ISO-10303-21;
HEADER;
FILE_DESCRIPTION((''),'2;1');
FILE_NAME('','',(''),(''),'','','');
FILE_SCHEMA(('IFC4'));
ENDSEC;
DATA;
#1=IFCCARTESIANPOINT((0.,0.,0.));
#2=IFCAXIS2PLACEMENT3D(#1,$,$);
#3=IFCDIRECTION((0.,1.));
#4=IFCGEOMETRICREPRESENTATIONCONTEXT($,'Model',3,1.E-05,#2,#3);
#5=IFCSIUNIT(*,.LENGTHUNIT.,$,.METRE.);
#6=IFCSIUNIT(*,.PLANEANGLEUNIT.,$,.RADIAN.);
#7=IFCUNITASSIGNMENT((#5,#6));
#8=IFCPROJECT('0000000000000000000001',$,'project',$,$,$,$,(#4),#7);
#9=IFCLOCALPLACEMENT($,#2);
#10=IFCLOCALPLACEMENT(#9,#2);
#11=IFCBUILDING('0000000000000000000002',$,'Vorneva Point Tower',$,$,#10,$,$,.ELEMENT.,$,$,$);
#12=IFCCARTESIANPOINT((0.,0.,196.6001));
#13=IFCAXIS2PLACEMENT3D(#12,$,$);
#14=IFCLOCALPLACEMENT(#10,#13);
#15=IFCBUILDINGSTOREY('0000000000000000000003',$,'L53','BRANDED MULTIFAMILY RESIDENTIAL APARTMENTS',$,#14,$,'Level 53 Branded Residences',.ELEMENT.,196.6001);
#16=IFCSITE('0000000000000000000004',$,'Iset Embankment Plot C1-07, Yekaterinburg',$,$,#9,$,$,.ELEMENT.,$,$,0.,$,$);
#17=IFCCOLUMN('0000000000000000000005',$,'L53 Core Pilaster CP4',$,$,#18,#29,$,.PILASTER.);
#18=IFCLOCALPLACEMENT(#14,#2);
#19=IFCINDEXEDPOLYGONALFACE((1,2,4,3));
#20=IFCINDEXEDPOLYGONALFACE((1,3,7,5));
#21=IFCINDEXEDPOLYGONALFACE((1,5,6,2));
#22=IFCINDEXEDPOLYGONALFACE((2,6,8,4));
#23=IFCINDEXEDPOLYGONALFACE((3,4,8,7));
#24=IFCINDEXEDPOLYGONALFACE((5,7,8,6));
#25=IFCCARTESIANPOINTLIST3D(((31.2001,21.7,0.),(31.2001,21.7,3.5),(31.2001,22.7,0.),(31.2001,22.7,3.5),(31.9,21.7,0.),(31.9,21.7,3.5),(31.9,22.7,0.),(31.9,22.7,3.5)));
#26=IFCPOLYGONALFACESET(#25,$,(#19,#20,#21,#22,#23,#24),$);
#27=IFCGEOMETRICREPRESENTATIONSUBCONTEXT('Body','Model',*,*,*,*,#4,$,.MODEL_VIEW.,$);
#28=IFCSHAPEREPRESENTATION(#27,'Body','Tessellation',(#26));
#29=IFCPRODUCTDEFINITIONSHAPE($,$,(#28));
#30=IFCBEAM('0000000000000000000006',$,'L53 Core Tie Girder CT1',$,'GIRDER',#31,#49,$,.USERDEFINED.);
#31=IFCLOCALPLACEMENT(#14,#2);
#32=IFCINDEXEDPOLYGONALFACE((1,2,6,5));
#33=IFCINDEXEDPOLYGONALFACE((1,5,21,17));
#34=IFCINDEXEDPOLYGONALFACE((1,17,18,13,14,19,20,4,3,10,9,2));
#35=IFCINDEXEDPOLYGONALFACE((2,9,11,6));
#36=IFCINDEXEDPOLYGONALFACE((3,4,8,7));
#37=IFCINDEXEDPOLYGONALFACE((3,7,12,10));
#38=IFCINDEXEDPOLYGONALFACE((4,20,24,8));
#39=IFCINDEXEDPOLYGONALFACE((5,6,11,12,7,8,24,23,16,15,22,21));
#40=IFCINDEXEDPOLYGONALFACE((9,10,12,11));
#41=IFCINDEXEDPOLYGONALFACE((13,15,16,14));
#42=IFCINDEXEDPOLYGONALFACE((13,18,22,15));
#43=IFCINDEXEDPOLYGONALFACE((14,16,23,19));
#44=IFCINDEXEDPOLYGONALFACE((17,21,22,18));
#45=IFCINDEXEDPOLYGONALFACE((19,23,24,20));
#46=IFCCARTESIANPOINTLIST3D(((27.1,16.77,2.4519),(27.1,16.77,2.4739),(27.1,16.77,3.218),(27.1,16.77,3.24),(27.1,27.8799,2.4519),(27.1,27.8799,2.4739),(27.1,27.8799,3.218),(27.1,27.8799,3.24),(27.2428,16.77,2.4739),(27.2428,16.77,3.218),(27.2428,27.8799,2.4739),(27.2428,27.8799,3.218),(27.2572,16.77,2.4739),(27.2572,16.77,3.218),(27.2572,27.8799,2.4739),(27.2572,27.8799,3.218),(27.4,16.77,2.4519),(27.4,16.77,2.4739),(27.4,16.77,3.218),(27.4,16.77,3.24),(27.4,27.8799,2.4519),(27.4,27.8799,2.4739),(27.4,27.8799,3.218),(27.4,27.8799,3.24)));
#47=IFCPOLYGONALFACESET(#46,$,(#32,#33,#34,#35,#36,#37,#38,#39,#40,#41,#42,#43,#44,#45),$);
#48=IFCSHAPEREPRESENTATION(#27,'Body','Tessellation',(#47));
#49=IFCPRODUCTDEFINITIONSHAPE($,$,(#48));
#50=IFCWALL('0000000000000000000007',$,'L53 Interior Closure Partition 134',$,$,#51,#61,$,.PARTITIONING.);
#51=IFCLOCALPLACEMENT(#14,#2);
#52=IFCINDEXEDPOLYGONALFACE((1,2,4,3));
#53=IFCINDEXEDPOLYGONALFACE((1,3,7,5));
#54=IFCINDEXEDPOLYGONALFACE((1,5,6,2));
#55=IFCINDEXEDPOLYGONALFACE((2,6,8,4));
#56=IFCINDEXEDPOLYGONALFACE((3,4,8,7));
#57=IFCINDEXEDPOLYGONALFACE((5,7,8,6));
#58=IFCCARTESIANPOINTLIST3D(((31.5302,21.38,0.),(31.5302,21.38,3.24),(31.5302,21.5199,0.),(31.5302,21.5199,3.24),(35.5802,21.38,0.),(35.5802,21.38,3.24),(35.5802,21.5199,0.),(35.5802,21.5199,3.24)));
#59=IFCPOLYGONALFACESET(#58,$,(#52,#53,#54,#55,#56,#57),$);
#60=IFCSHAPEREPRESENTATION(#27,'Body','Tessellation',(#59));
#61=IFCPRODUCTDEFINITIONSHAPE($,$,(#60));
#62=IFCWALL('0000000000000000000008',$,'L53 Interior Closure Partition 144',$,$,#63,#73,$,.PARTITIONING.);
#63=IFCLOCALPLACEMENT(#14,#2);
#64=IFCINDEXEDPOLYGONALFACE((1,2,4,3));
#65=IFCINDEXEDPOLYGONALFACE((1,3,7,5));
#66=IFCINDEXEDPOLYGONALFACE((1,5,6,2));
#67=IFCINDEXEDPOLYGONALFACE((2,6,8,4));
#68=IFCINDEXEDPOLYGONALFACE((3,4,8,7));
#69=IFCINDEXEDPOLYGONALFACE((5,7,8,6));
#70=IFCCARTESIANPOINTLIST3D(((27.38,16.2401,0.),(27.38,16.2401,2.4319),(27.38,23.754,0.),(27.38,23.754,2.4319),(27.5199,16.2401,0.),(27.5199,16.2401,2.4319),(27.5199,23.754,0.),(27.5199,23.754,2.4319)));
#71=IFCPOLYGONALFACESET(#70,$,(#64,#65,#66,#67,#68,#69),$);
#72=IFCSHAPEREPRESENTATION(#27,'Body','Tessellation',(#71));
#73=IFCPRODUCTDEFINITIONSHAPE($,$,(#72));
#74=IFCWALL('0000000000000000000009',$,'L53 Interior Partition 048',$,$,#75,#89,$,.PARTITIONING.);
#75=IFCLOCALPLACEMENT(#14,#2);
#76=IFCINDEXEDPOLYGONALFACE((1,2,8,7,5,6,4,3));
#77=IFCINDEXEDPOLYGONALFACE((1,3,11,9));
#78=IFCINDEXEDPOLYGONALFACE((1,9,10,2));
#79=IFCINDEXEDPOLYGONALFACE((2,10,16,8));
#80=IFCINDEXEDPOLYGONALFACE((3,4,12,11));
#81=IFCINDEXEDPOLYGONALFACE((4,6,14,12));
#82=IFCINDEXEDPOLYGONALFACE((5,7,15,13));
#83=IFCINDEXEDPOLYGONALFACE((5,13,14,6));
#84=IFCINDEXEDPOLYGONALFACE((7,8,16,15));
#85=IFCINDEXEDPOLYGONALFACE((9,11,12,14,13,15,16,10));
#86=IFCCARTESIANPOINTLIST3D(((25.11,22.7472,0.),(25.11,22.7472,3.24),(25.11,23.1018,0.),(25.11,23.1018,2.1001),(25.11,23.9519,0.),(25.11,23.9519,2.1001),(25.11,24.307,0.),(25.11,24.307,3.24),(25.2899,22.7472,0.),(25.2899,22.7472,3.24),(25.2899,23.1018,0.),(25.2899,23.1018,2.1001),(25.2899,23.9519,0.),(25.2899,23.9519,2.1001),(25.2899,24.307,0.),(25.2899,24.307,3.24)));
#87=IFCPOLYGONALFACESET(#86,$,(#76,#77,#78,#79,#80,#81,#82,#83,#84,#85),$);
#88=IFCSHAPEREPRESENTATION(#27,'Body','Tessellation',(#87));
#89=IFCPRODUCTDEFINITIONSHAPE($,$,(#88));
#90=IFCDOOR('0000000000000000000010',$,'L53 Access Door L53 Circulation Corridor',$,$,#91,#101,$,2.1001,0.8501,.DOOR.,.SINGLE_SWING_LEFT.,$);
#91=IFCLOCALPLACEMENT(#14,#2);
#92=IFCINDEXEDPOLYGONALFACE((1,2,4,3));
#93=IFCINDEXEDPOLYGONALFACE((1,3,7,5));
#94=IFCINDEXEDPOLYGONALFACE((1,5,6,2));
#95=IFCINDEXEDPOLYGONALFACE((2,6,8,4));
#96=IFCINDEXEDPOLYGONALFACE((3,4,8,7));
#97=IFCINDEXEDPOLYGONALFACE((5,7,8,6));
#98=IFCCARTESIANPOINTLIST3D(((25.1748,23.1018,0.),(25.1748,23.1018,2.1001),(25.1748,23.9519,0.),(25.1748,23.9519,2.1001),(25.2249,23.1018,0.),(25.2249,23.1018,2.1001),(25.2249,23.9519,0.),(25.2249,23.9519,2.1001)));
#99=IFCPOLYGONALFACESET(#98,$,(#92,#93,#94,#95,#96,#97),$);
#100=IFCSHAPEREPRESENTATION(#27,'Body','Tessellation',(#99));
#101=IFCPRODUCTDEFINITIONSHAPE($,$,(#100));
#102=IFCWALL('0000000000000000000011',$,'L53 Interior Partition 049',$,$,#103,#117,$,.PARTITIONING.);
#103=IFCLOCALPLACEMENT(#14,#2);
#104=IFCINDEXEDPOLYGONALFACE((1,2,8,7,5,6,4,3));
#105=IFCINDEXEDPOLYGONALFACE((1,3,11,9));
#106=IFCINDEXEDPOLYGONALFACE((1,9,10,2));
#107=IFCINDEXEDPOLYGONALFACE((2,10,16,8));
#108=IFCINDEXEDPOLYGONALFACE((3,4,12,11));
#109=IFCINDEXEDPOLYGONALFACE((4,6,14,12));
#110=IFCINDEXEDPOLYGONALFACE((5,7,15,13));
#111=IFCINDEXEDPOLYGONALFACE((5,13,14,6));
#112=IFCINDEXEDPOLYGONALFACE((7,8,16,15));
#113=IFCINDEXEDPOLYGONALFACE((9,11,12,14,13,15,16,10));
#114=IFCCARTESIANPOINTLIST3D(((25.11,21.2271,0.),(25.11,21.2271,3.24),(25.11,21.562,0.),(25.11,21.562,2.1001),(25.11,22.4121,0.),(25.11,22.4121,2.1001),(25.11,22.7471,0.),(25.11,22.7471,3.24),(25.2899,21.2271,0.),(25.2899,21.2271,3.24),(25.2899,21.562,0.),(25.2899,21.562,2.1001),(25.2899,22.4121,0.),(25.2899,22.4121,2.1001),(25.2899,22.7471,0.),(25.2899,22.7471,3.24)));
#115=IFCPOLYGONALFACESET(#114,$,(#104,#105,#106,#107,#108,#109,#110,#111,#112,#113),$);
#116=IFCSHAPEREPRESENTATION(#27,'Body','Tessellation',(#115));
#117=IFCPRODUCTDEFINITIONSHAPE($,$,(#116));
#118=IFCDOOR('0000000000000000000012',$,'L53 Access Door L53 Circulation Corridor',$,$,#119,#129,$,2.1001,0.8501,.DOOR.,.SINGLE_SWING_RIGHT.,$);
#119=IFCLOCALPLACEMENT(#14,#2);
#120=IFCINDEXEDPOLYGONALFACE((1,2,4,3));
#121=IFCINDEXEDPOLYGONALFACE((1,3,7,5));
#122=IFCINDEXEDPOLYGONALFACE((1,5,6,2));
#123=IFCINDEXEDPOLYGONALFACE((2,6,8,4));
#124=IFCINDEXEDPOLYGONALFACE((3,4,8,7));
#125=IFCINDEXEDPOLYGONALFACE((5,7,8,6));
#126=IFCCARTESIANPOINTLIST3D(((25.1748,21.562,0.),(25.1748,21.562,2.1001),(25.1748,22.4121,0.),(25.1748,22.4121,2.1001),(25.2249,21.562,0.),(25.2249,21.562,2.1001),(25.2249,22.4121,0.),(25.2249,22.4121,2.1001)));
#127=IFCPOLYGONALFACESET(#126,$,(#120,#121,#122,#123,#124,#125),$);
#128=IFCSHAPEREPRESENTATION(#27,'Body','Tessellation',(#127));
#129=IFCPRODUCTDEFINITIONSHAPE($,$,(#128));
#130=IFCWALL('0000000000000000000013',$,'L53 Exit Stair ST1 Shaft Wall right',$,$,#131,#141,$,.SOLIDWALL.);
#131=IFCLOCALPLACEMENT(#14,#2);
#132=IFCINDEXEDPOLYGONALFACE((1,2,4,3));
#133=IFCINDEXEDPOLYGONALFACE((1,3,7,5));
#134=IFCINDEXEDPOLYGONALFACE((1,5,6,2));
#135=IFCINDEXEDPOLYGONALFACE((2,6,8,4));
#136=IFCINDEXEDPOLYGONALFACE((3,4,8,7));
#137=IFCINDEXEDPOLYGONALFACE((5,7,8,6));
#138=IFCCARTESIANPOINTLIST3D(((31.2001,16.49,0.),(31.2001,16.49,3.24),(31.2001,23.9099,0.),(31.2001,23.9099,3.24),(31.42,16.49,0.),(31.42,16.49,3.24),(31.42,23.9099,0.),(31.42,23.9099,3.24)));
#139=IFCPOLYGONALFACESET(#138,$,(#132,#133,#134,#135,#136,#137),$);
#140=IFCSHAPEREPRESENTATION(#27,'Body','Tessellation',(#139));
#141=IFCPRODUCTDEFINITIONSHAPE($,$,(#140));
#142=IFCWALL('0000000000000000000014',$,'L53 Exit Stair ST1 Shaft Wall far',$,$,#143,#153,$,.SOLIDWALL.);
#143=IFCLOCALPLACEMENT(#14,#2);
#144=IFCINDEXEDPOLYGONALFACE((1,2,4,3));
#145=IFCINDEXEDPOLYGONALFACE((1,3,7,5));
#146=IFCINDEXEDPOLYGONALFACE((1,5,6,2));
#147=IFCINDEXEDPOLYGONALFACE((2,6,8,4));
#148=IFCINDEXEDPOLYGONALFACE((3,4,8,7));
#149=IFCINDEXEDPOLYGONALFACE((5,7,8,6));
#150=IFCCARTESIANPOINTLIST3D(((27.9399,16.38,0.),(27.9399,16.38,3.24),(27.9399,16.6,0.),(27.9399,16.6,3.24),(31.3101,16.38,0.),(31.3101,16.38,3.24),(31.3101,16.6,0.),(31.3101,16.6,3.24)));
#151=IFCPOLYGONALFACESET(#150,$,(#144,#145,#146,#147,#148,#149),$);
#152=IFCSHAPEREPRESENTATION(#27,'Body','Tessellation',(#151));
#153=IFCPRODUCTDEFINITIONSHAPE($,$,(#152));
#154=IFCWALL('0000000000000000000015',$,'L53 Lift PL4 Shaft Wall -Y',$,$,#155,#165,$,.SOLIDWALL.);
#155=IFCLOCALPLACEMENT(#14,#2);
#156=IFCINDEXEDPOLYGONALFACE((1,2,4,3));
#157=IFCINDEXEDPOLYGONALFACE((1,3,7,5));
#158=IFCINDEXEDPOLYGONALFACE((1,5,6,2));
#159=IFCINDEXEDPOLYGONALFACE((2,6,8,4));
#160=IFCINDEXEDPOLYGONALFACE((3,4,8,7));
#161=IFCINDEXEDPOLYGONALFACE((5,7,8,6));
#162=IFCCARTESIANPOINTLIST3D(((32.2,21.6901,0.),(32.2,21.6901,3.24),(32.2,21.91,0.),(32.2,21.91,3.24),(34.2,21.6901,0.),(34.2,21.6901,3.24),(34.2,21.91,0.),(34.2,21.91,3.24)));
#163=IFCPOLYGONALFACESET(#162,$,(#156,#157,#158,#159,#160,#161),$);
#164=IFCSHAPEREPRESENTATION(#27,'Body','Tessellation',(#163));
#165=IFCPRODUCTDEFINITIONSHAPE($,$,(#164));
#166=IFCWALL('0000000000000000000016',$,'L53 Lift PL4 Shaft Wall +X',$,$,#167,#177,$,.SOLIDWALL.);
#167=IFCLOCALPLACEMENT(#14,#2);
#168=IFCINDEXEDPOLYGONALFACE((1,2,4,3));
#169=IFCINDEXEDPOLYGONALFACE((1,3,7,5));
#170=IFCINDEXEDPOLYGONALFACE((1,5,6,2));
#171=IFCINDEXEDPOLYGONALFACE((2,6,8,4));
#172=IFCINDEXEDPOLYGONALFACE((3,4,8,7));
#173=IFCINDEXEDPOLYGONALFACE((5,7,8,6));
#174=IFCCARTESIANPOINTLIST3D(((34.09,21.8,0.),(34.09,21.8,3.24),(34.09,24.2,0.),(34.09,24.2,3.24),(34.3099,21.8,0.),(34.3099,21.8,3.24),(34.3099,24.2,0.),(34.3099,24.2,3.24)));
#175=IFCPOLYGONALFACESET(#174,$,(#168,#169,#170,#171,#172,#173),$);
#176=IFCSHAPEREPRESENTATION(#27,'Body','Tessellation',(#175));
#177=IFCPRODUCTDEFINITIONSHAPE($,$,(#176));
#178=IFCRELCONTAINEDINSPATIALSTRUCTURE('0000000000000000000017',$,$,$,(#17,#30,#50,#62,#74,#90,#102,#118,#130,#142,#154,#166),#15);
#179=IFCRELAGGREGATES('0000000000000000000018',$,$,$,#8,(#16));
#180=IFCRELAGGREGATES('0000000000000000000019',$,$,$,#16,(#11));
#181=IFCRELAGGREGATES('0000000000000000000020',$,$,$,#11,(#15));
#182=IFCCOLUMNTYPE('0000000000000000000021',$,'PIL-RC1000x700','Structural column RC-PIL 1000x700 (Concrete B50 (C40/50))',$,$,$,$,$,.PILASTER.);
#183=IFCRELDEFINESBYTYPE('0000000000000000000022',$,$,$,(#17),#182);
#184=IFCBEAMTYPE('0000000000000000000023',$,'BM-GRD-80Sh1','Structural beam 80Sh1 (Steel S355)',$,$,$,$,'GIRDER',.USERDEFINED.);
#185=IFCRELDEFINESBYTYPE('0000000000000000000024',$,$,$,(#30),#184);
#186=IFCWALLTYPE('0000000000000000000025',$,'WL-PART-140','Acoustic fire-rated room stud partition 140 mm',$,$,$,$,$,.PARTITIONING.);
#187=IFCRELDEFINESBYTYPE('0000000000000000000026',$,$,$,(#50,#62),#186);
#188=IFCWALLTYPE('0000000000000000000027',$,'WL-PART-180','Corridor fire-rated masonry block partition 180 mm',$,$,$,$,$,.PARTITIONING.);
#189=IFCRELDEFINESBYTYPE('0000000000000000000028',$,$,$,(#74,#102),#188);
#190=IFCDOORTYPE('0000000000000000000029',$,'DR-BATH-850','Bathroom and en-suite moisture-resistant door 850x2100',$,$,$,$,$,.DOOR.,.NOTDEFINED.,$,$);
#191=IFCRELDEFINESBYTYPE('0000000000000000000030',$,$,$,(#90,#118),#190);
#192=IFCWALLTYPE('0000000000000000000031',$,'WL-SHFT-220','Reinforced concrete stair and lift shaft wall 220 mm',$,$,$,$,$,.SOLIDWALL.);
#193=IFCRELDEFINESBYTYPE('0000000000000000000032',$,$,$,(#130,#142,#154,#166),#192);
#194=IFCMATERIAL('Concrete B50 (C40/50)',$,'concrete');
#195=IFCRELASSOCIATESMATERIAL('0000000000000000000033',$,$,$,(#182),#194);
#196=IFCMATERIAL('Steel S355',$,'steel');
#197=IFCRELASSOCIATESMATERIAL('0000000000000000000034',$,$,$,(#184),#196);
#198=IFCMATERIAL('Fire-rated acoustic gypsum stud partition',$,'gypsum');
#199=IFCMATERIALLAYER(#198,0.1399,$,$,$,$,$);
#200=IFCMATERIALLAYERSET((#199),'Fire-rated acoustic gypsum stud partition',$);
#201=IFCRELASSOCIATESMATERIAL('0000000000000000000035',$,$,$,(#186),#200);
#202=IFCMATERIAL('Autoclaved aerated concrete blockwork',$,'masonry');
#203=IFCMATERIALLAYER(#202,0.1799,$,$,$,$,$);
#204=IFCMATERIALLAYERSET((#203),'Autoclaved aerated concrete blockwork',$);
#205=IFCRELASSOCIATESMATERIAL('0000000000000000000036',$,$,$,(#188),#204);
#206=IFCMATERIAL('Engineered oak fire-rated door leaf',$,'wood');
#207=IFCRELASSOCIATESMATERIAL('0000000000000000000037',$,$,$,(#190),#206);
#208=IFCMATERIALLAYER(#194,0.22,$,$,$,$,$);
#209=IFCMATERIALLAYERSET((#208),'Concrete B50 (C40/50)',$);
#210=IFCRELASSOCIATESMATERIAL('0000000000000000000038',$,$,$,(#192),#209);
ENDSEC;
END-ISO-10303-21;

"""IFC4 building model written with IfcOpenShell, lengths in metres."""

from ifc_helpers import new_model, si_unit, direction, frame, frame_2d, origin, origin_2d, place, context, subcontext, project, spatial, rectangle, i_section, extrude, material, layer, layer_set, material_profile, profile_set, type_object, element, fill, save


model = new_model("IFC4")

# Units and contexts
model_context = context("Model", 3, precision=1e-05, world=origin(), true_north=direction((0.0, 1.0)))
body_context = subcontext(model_context, "Body", "Model", "MODEL_VIEW")
ifc_project = project(units=[si_unit("LENGTHUNIT", "METRE"), si_unit("PLANEANGLEUNIT", "RADIAN")], contexts=[model_context])

# Site, building, storey
site_placement = place(None, origin())
site = spatial("IfcSite", under=ifc_project, at=site_placement, Name="Iset Embankment Plot C1-07, Yekaterinburg", CompositionType="ELEMENT", RefElevation=0.0)
building_placement = place(site_placement, origin())
building = spatial("IfcBuilding", under=site, at=building_placement, Name="Vorneva Point Tower", CompositionType="ELEMENT")
storey_placement = place(building_placement, frame((0.0, 0.0, 196.6001)))
storey = spatial("IfcBuildingStorey", under=building, at=storey_placement, Name="L53", Description="BRANDED MULTIFAMILY RESIDENTIAL APARTMENTS", LongName="Level 53 Branded Residences", CompositionType="ELEMENT", Elevation=196.6001)

# Column
ifc_material_1 = material(Name="Concrete B50 (C40/50)", Category="concrete")
ifc_material_profile_1 = material_profile(ifc_material_1, rectangle(XDim=0.7, YDim=1.0, at=origin_2d()), Name="RC-PIL 1000x700")
ifc_profile_set_1 = profile_set([ifc_material_profile_1], Name="Concrete B50 (C40/50)")
column_type = type_object("IfcColumnType", Name="PIL-RC1000x700", Description="Structural column RC-PIL 1000x700 (Concrete B50 (C40/50))", PredefinedType="PILASTER", material=ifc_profile_set_1)
column_placement = place(storey_placement, frame((31.55, 22.2, 0.0), z_axis=(0.0, 0.0, 1.0), x_axis=(1.0, 0.0, 0.0)))
element("IfcColumn", 1, at=column_placement, inside=storey, type_object=column_type, Name="L53 Core Pilaster CP4", PredefinedType="PILASTER", context=body_context, shape_type="SweptSolid", body=[
    extrude(rectangle(XDim=0.7, YDim=1.0, at=origin_2d()), origin(), (0.0, 0.0, 1.0), 3.5),
])

# Beam
ifc_material_2 = material(Name="Steel S355", Category="steel")
ifc_material_profile_2 = material_profile(ifc_material_2, i_section(OverallWidth=0.3, OverallDepth=0.7881, WebThickness=0.0144, FlangeThickness=0.022, at=origin_2d()), Name="80Sh1")
ifc_profile_set_2 = profile_set([ifc_material_profile_2], Name="Steel S355")
beam_type = type_object("IfcBeamType", Name="BM-GRD-80Sh1", Description="Structural beam 80Sh1 (Steel S355)", ElementType="GIRDER", PredefinedType="USERDEFINED", material=ifc_profile_set_2)
beam_placement = place(storey_placement, frame((27.25, 16.77, 2.8459), z_axis=(0.0, 1.0, 0.0), x_axis=(-1.0, 0.0, 0.0)))
element("IfcBeam", 2, at=beam_placement, inside=storey, type_object=beam_type, Name="L53 Core Tie Girder CT1", ObjectType="GIRDER", PredefinedType="USERDEFINED", context=body_context, shape_type="SweptSolid", body=[
    extrude(i_section(OverallWidth=0.3, OverallDepth=0.7881, WebThickness=0.0144, FlangeThickness=0.022, at=origin_2d()), origin(), (0.0, 0.0, 1.0), 11.1099),
])

# Walls
ifc_material_3 = material(Name="Fire-rated acoustic gypsum stud partition", Category="gypsum")
ifc_layer_1 = layer(ifc_material_3, 0.1399)
ifc_layer_set_1 = layer_set([ifc_layer_1], Name="Fire-rated acoustic gypsum stud partition")
wall_type_1 = type_object("IfcWallType", Name="WL-PART-140", Description="Acoustic fire-rated room stud partition 140 mm", PredefinedType="PARTITIONING", material=ifc_layer_set_1)
wall_1_placement = place(storey_placement, frame((35.5801, 21.45, 0.0), z_axis=(0.0, 0.0, 1.0), x_axis=(-1.0, 0.0, 0.0)))
element("IfcWall", 3, at=wall_1_placement, inside=storey, type_object=wall_type_1, Name="L53 Interior Closure Partition 134", PredefinedType="PARTITIONING", context=body_context, shape_type="SweptSolid", body=[
    extrude(rectangle(XDim=4.05, YDim=0.1399, at=frame_2d((2.0249, 0.0))), origin(), (0.0, 0.0, 1.0), 3.24),
])
wall_2_placement = place(storey_placement, frame((27.45, 23.7539, 0.0), z_axis=(0.0, 0.0, 1.0), x_axis=(0.0, -1.0, 0.0)))
element("IfcWall", 4, at=wall_2_placement, inside=storey, type_object=wall_type_1, Name="L53 Interior Closure Partition 144", PredefinedType="PARTITIONING", context=body_context, shape_type="SweptSolid", body=[
    extrude(rectangle(XDim=7.5139, YDim=0.1399, at=frame_2d((3.7568, 0.0))), origin(), (0.0, 0.0, 1.0), 2.4319),
])

# Walls, openings, doors
ifc_material_4 = material(Name="Autoclaved aerated concrete blockwork", Category="masonry")
ifc_layer_2 = layer(ifc_material_4, 0.1799)
ifc_layer_set_2 = layer_set([ifc_layer_2], Name="Autoclaved aerated concrete blockwork")
wall_type_2 = type_object("IfcWallType", Name="WL-PART-180", Description="Corridor fire-rated masonry block partition 180 mm", PredefinedType="PARTITIONING", material=ifc_layer_set_2)
wall_3_placement = place(storey_placement, frame((25.2, 24.3069, 0.0), z_axis=(0.0, 0.0, 1.0), x_axis=(0.0, -1.0, 0.0)))
wall_3 = element("IfcWall", 5, at=wall_3_placement, inside=storey, type_object=wall_type_2, Name="L53 Interior Partition 048", PredefinedType="PARTITIONING", context=body_context, shape_type="SweptSolid", body=[
    extrude(rectangle(XDim=1.5598, YDim=0.1799, at=frame_2d((0.7798, 0.0))), origin(), (0.0, 0.0, 1.0), 3.24),
])
opening_1_placement = place(wall_3_placement, frame((0.355, 0.0, 0.0)))
opening_1 = element("IfcOpeningElement", 6, at=opening_1_placement, cuts=wall_3, PredefinedType="OPENING", context=body_context, shape_type="SweptSolid", body=[
    extrude(rectangle(XDim=0.8501, YDim=2.1001, at=frame_2d((0.425, 1.05))), frame((0.0, 0.105, 0.0), z_axis=(0.0, -1.0, 0.0), x_axis=(1.0, 0.0, 0.0)), (0.0, 0.0, 1.0), 0.2097),
])
ifc_material_5 = material(Name="Engineered oak fire-rated door leaf", Category="wood")
door_type_1 = type_object("IfcDoorType", Name="DR-BATH-850", Description="Bathroom and en-suite moisture-resistant door 850x2100", OperationType="NOTDEFINED", PredefinedType="DOOR", material=ifc_material_5)
door_1_placement = place(opening_1_placement, origin())
door_1 = element("IfcDoor", 7, at=door_1_placement, inside=storey, type_object=door_type_1, Name="L53 Access Door L53 Circulation Corridor", OperationType="SINGLE_SWING_LEFT", OverallHeight=2.1001, OverallWidth=0.8501, PredefinedType="DOOR", context=body_context, shape_type="SweptSolid", body=[
    extrude(rectangle(XDim=0.8501, YDim=2.1001, at=frame_2d((0.425, 1.05))), frame((0.0, 0.0249, 0.0), z_axis=(0.0, -1.0, 0.0), x_axis=(1.0, 0.0, 0.0)), (0.0, 0.0, 1.0), 0.05),
])
fill(opening_1, door_1)
wall_4_placement = place(storey_placement, frame((25.2, 22.7471, 0.0), z_axis=(0.0, 0.0, 1.0), x_axis=(0.0, -1.0, 0.0)))
wall_4 = element("IfcWall", 8, at=wall_4_placement, inside=storey, type_object=wall_type_2, Name="L53 Interior Partition 049", PredefinedType="PARTITIONING", context=body_context, shape_type="SweptSolid", body=[
    extrude(rectangle(XDim=1.52, YDim=0.1799, at=frame_2d((0.76, 0.0))), origin(), (0.0, 0.0, 1.0), 3.24),
])
opening_2_placement = place(wall_4_placement, frame((0.335, 0.0, 0.0)))
opening_2 = element("IfcOpeningElement", 9, at=opening_2_placement, cuts=wall_4, PredefinedType="OPENING", context=body_context, shape_type="SweptSolid", body=[
    extrude(rectangle(XDim=0.8501, YDim=2.1001, at=frame_2d((0.425, 1.05))), frame((0.0, 0.105, 0.0), z_axis=(0.0, -1.0, 0.0), x_axis=(1.0, 0.0, 0.0)), (0.0, 0.0, 1.0), 0.2097),
])
door_2_placement = place(opening_2_placement, origin())
door_2 = element("IfcDoor", 10, at=door_2_placement, inside=storey, type_object=door_type_1, Name="L53 Access Door L53 Circulation Corridor", OperationType="SINGLE_SWING_RIGHT", OverallHeight=2.1001, OverallWidth=0.8501, PredefinedType="DOOR", context=body_context, shape_type="SweptSolid", body=[
    extrude(rectangle(XDim=0.8501, YDim=2.1001, at=frame_2d((0.425, 1.05))), frame((0.0, 0.0249, 0.0), z_axis=(0.0, -1.0, 0.0), x_axis=(1.0, 0.0, 0.0)), (0.0, 0.0, 1.0), 0.05),
])
fill(opening_2, door_2)
ifc_layer_3 = layer(ifc_material_1, 0.22)
ifc_layer_set_3 = layer_set([ifc_layer_3], Name="Concrete B50 (C40/50)")
wall_type_3 = type_object("IfcWallType", Name="WL-SHFT-220", Description="Reinforced concrete stair and lift shaft wall 220 mm", PredefinedType="SOLIDWALL", material=ifc_layer_set_3)

# Walls
wall_5_placement = place(storey_placement, frame((31.3101, 23.9099, 0.0), z_axis=(0.0, 0.0, 1.0), x_axis=(0.0, -1.0, 0.0)))
element("IfcWall", 11, at=wall_5_placement, inside=storey, type_object=wall_type_3, Name="L53 Exit Stair ST1 Shaft Wall right", PredefinedType="SOLIDWALL", context=body_context, shape_type="SweptSolid", body=[
    extrude(rectangle(XDim=7.4199, YDim=0.22, at=frame_2d((3.71, 0.0))), origin(), (0.0, 0.0, 1.0), 3.24),
])
wall_6_placement = place(storey_placement, frame((31.3101, 16.49, 0.0), z_axis=(0.0, 0.0, 1.0), x_axis=(-1.0, 0.0, 0.0)))
element("IfcWall", 12, at=wall_6_placement, inside=storey, type_object=wall_type_3, Name="L53 Exit Stair ST1 Shaft Wall far", PredefinedType="SOLIDWALL", context=body_context, shape_type="SweptSolid", body=[
    extrude(rectangle(XDim=3.3701, YDim=0.22, at=frame_2d((1.6851, 0.0))), origin(), (0.0, 0.0, 1.0), 3.24),
])
wall_7_placement = place(storey_placement, frame((32.2, 21.8, 0.0), z_axis=(0.0, 0.0, 1.0), x_axis=(1.0, 0.0, 0.0)))
element("IfcWall", 13, at=wall_7_placement, inside=storey, type_object=wall_type_3, Name="L53 Lift PL4 Shaft Wall -Y", PredefinedType="SOLIDWALL", context=body_context, shape_type="SweptSolid", body=[
    extrude(rectangle(XDim=2.0, YDim=0.22, at=frame_2d((1.0, 0.0))), origin(), (0.0, 0.0, 1.0), 3.24),
])
wall_8_placement = place(storey_placement, frame((34.2, 21.8, 0.0), z_axis=(0.0, 0.0, 1.0), x_axis=(0.0, 1.0, 0.0)))
element("IfcWall", 14, at=wall_8_placement, inside=storey, type_object=wall_type_3, Name="L53 Lift PL4 Shaft Wall +X", PredefinedType="SOLIDWALL", context=body_context, shape_type="SweptSolid", body=[
    extrude(rectangle(XDim=2.3999, YDim=0.22, at=frame_2d((1.2, 0.0))), origin(), (0.0, 0.0, 1.0), 3.24),
])

save(model, "model.ifc")
